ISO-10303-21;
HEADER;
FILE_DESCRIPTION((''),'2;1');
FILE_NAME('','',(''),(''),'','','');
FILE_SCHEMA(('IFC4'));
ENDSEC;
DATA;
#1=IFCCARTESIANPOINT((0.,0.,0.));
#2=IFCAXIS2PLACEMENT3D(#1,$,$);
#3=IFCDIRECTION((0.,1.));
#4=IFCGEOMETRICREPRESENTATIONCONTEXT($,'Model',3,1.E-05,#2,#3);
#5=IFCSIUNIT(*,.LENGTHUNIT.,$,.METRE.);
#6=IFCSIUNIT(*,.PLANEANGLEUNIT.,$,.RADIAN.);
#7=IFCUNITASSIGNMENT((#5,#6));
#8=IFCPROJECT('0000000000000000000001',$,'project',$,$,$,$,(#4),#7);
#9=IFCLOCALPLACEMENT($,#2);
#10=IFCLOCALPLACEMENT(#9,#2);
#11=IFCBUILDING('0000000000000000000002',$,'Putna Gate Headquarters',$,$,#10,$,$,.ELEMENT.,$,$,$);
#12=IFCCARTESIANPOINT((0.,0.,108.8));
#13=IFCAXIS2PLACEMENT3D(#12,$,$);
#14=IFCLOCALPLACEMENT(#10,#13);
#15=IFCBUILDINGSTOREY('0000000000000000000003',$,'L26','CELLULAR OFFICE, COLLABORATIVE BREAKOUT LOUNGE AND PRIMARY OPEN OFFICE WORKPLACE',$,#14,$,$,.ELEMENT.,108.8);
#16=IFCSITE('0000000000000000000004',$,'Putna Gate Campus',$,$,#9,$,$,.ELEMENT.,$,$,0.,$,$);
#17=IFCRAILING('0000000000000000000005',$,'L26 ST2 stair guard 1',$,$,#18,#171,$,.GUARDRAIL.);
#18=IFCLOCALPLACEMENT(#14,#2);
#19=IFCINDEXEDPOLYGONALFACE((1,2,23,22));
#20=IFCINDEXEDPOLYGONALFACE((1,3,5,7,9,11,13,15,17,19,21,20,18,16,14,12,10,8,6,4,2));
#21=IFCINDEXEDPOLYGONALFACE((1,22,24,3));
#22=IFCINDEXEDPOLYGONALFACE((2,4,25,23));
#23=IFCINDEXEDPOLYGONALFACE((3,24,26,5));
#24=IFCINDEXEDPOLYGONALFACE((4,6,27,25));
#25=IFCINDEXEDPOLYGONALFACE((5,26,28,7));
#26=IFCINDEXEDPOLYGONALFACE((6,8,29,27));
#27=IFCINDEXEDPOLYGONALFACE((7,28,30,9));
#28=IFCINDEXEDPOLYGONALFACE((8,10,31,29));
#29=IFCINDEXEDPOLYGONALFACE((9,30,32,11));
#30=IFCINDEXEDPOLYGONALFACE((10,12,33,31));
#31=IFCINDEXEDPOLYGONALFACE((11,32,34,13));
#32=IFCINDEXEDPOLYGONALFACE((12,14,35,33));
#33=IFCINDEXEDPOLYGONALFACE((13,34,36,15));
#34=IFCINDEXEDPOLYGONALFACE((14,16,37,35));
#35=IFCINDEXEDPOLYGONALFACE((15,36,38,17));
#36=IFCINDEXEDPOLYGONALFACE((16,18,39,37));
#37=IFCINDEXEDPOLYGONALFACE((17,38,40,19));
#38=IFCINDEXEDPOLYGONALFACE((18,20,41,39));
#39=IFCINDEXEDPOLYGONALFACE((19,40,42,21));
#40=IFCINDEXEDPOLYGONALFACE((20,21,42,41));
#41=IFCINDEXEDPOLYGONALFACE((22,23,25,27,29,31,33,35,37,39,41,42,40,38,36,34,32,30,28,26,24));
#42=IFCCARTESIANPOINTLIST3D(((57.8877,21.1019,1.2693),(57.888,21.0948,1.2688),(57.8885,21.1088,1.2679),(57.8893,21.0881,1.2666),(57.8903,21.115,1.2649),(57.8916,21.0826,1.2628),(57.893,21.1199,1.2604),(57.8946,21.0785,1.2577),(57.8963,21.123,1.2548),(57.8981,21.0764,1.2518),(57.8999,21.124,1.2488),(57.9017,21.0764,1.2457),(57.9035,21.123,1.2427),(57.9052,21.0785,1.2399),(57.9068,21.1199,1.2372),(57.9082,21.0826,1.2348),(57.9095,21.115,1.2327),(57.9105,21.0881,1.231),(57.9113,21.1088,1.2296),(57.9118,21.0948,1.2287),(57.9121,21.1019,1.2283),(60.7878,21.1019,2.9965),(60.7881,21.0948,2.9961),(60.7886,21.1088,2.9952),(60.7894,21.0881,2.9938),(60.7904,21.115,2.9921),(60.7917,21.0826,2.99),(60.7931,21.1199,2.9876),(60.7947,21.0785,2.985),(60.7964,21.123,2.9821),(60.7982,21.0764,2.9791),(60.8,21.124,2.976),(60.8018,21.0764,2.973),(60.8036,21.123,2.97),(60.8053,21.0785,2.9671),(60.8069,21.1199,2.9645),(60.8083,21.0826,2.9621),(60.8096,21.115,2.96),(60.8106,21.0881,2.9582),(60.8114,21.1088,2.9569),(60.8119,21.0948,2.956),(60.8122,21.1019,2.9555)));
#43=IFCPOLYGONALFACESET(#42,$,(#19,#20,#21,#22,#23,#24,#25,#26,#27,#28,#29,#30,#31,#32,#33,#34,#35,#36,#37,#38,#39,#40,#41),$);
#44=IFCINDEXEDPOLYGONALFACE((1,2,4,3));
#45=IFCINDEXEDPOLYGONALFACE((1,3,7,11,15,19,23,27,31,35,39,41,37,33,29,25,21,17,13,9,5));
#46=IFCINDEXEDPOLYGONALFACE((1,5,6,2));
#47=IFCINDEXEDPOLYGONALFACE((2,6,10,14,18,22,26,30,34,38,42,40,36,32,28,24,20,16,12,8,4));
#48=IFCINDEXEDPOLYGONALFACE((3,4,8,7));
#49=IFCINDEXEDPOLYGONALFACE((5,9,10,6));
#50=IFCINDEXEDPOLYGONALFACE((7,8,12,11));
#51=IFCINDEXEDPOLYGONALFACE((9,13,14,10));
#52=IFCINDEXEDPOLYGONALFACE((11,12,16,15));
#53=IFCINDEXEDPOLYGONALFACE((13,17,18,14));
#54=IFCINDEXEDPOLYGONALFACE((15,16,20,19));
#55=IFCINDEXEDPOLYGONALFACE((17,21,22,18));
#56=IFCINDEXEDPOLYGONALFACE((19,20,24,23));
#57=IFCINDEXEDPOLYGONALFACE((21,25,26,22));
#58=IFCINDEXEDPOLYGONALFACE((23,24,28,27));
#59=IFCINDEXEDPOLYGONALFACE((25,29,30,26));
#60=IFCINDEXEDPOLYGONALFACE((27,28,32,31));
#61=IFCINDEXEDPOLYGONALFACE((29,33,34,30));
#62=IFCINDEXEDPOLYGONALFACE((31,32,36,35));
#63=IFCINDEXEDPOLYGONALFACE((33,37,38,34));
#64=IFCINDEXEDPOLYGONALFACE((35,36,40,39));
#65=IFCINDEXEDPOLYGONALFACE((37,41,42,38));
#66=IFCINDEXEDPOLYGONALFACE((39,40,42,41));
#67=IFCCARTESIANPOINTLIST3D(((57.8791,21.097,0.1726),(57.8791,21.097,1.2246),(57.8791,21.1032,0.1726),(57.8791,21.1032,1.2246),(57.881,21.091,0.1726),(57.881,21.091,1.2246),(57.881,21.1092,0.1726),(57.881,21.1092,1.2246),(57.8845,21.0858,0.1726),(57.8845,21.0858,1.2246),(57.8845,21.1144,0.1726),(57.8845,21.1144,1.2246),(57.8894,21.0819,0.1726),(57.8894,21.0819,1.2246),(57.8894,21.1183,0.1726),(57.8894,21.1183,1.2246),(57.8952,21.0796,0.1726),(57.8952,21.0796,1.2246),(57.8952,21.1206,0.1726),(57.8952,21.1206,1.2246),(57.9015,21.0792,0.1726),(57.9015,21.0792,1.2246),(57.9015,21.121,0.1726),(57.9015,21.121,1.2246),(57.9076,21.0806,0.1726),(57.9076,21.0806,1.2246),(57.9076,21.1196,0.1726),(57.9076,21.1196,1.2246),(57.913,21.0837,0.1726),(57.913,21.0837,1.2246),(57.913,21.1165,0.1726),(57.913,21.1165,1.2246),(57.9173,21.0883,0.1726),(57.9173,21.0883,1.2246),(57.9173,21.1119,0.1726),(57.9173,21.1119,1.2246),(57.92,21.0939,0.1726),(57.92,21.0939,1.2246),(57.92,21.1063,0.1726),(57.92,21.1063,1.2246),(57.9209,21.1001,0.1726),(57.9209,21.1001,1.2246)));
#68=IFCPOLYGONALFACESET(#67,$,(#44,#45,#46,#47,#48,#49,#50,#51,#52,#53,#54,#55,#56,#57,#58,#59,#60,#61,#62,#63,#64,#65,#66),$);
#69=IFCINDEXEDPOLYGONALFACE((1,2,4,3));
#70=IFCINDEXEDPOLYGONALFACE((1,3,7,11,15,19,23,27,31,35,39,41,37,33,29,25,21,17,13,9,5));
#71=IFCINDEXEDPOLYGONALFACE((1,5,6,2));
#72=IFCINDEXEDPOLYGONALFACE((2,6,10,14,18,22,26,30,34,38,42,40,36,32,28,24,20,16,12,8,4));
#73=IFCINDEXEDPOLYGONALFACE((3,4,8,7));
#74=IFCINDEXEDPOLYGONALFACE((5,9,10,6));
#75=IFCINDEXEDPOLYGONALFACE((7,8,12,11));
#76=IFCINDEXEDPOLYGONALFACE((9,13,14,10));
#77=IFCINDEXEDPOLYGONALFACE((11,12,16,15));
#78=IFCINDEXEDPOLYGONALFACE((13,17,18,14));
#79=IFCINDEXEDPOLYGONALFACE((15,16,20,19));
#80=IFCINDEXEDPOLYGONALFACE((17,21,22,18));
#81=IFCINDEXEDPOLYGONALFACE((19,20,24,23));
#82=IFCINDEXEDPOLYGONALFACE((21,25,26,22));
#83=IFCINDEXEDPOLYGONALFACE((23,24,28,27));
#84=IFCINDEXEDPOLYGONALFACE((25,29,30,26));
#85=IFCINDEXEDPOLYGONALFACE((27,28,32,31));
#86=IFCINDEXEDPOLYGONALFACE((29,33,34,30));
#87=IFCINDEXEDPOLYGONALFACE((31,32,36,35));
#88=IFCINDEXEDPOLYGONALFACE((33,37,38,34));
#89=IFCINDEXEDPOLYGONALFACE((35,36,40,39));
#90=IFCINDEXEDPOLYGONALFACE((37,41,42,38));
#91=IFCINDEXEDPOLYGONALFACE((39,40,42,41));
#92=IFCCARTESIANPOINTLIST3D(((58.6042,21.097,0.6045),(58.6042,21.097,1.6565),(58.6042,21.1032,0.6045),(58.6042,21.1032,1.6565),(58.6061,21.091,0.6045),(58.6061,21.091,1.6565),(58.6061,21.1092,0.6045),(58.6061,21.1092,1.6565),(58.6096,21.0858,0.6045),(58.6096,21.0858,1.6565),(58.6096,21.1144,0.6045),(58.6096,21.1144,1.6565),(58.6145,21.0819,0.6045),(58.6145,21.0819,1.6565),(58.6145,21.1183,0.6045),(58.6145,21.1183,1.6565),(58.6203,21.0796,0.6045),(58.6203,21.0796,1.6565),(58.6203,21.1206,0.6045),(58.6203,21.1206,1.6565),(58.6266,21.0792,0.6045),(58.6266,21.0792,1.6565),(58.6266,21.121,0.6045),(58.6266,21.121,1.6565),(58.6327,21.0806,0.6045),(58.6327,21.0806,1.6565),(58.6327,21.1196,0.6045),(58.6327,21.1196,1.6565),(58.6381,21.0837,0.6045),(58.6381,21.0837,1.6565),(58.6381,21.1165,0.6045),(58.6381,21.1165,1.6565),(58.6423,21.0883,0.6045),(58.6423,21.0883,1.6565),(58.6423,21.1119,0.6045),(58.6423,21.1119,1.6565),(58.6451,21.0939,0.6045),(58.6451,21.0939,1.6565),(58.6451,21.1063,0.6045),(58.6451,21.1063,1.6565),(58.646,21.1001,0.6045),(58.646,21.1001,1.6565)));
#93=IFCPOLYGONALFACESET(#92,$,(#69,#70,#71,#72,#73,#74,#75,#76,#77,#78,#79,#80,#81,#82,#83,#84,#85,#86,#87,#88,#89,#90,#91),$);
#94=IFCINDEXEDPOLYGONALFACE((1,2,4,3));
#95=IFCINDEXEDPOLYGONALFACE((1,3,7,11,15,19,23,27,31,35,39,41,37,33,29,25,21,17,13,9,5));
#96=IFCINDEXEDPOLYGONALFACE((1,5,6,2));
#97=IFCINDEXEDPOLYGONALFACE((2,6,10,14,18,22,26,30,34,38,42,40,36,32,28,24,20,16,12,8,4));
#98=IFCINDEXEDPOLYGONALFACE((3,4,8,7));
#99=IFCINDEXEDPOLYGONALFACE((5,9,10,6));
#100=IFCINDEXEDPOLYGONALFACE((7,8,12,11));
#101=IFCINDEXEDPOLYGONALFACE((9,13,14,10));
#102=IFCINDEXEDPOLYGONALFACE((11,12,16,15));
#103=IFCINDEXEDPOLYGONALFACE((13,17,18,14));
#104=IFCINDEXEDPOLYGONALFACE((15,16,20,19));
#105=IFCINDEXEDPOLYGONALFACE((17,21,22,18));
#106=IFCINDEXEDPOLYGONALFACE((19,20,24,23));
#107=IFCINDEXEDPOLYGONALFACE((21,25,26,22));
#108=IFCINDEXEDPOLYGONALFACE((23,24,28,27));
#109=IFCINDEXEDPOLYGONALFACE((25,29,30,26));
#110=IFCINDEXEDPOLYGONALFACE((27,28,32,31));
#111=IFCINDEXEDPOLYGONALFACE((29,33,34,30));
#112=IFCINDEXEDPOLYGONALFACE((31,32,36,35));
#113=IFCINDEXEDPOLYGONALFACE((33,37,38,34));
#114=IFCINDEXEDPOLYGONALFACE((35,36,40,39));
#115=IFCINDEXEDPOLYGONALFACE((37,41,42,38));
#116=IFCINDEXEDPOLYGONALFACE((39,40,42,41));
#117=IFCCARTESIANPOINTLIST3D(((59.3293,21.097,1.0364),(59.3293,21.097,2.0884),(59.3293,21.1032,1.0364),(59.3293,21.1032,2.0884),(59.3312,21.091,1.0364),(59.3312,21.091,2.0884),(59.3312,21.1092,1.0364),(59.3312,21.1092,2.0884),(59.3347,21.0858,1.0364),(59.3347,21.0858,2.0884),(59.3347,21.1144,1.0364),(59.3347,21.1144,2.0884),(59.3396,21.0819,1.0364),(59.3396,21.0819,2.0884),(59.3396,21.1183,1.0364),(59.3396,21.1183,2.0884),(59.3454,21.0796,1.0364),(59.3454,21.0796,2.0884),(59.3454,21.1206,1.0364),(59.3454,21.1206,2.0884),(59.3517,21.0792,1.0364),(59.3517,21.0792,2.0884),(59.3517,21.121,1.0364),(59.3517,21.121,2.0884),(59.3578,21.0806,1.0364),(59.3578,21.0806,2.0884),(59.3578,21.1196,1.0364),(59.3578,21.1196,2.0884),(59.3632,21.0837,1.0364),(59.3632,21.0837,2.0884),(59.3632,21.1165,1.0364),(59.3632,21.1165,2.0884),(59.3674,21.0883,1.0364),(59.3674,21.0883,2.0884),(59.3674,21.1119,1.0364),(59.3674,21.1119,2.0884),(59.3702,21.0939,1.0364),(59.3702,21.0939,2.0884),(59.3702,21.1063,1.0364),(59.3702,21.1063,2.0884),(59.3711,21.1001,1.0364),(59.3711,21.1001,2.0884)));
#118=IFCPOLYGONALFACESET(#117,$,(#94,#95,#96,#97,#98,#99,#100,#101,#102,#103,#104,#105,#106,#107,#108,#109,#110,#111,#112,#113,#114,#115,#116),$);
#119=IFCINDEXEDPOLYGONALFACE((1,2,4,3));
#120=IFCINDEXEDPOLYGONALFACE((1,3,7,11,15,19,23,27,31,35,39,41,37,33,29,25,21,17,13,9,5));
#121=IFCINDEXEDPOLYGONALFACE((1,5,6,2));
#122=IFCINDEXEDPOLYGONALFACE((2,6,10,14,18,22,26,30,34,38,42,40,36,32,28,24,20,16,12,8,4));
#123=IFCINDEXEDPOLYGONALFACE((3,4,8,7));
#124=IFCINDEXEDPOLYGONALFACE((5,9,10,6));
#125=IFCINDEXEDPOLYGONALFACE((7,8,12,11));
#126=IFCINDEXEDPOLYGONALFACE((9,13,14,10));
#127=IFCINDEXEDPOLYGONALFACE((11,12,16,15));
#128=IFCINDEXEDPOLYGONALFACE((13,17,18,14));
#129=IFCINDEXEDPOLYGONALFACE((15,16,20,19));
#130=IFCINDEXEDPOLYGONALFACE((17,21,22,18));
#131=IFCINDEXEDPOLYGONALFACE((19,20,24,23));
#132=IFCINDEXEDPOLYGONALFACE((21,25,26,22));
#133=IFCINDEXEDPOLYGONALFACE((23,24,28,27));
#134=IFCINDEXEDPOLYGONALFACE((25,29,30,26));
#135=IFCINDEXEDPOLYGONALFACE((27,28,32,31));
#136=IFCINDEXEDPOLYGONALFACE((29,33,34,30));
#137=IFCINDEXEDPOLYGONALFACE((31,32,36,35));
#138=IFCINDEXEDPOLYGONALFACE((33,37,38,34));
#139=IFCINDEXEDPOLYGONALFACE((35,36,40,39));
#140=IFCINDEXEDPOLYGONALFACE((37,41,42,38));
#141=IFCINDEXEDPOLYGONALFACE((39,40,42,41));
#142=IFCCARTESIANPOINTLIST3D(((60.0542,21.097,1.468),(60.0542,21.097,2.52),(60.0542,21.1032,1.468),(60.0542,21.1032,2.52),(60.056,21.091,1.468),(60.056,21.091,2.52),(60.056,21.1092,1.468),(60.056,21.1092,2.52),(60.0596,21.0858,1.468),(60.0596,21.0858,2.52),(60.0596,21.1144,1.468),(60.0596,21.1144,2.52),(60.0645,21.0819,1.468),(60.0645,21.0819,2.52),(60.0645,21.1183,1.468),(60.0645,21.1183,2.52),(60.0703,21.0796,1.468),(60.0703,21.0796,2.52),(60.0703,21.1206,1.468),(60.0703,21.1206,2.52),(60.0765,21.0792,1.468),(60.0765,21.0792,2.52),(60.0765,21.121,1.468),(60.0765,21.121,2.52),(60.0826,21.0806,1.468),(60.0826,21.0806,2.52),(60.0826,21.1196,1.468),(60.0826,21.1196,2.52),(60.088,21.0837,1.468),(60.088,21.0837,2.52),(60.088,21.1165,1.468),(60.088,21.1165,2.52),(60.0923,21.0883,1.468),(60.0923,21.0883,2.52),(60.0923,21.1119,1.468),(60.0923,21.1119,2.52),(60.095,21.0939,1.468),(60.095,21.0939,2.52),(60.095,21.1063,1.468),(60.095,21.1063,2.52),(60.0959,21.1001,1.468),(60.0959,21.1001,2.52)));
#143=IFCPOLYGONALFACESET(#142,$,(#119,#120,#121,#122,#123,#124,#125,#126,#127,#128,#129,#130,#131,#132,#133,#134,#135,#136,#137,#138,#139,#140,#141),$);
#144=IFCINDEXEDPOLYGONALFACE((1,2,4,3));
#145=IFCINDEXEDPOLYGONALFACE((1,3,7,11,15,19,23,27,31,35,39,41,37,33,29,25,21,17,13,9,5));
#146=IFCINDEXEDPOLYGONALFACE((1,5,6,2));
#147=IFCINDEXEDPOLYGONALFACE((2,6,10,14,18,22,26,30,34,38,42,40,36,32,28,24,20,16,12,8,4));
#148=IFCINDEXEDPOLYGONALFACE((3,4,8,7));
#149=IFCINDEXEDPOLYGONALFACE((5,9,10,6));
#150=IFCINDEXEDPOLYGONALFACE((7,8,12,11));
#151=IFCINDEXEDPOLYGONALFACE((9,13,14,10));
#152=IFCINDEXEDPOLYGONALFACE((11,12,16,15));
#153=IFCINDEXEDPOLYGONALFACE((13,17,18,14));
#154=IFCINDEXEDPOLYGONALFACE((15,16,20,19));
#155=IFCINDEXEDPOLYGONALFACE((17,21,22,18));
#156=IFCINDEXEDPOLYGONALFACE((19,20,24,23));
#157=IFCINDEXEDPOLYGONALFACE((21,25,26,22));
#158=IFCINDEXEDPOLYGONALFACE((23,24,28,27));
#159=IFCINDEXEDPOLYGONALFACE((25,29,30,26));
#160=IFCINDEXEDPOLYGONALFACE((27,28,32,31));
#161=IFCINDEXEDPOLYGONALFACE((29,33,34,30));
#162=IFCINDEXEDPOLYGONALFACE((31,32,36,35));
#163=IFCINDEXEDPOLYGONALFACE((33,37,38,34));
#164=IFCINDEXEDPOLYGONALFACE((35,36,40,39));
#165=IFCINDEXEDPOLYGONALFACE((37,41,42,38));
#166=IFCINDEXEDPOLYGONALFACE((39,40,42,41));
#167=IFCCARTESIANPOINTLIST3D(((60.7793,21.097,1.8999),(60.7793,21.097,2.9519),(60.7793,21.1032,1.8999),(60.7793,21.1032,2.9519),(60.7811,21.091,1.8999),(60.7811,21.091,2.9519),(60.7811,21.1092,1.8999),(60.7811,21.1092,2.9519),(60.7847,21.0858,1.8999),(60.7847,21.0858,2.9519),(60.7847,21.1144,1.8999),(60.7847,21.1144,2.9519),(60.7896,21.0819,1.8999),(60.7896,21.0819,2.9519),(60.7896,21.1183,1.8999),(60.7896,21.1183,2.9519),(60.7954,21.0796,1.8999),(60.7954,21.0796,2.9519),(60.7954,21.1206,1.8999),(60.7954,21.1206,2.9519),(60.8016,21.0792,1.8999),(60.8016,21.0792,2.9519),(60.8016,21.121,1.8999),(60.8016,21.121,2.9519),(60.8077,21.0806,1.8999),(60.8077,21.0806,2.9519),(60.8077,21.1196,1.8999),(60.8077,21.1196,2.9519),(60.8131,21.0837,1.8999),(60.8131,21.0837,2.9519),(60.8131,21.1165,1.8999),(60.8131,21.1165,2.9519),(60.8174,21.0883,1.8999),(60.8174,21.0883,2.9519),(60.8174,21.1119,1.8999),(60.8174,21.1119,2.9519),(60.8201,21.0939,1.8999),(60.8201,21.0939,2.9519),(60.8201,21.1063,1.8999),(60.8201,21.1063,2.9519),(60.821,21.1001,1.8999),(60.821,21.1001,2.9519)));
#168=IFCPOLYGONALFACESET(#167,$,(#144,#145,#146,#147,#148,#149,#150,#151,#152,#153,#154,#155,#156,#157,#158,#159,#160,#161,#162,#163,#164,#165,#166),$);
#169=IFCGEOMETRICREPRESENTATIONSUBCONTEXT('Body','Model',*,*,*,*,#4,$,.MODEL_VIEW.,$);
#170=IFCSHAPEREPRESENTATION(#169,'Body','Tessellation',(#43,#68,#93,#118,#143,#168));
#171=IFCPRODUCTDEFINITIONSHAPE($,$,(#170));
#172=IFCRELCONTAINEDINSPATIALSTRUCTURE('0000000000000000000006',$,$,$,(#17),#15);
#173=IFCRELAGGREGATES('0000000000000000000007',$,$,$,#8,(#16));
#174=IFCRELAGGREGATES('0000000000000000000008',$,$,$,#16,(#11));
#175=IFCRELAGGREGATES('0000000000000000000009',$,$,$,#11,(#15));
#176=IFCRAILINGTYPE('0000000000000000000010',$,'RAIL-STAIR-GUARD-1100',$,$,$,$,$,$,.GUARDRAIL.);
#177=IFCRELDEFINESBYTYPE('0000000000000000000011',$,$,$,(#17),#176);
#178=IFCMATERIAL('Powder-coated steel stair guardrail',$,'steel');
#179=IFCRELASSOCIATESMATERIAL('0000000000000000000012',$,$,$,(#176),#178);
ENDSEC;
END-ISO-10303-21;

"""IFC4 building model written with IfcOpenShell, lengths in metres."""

from ifc_helpers import new_model, si_unit, direction, frame, origin, origin_2d, place, context, subcontext, project, spatial, circle, extrude, material, type_object, element, save


model = new_model("IFC4")

# Units and contexts
model_context = context("Model", 3, precision=1e-05, world=origin(), true_north=direction((0.0, 1.0)))
body_context = subcontext(model_context, "Body", "Model", "MODEL_VIEW")
ifc_project = project(units=[si_unit("LENGTHUNIT", "METRE"), si_unit("PLANEANGLEUNIT", "RADIAN")], contexts=[model_context])

# Site, building, storey
site_placement = place(None, origin())
site = spatial("IfcSite", under=ifc_project, at=site_placement, Name="Putna Gate Campus", CompositionType="ELEMENT", RefElevation=0.0)
building_placement = place(site_placement, origin())
building = spatial("IfcBuilding", under=site, at=building_placement, Name="Putna Gate Headquarters", CompositionType="ELEMENT")
storey_placement = place(building_placement, frame((0.0, 0.0, 108.8)))
storey = spatial("IfcBuildingStorey", under=building, at=storey_placement, Name="L26", Description="CELLULAR OFFICE, COLLABORATIVE BREAKOUT LOUNGE AND PRIMARY OPEN OFFICE WORKPLACE", CompositionType="ELEMENT", Elevation=108.8)

# Railing
ifc_material_1 = material(Name="Powder-coated steel stair guardrail", Category="steel")
railing_type_1 = type_object("IfcRailingType", Name="RAIL-STAIR-GUARD-1100", PredefinedType="GUARDRAIL", material=ifc_material_1)
railing_1_placement = place(storey_placement, frame((57.8999, 21.1001, 0.1726)))
element("IfcRailing", 1, at=railing_1_placement, inside=storey, type_object=railing_type_1, Name="L26 ST2 stair guard 1", PredefinedType="GUARDRAIL", context=body_context, shape_type="SweptSolid", body=[
    extrude(circle(Radius=0.0239, at=origin_2d()), frame((0.0, 0.0, 1.0762), z_axis=(0.85916, 0.0, 0.511706), x_axis=(0.0, 1.0, 0.0)), (0.0, 0.0, 1.0), 3.3755),
    extrude(circle(Radius=0.021, at=origin_2d()), origin(), (0.0, 0.0, 1.0), 1.052),
    extrude(circle(Radius=0.021, at=origin_2d()), frame((0.7251, 0.0, 0.4319)), (0.0, 0.0, 1.0), 1.052),
    extrude(circle(Radius=0.021, at=origin_2d()), frame((1.4502, 0.0, 0.8638)), (0.0, 0.0, 1.0), 1.052),
    extrude(circle(Radius=0.021, at=origin_2d()), frame((2.175, 0.0, 1.2954)), (0.0, 0.0, 1.0), 1.052),
    extrude(circle(Radius=0.021, at=origin_2d()), frame((2.9001, 0.0, 1.7273)), (0.0, 0.0, 1.0), 1.052),
])

save(model, "model.ifc")
